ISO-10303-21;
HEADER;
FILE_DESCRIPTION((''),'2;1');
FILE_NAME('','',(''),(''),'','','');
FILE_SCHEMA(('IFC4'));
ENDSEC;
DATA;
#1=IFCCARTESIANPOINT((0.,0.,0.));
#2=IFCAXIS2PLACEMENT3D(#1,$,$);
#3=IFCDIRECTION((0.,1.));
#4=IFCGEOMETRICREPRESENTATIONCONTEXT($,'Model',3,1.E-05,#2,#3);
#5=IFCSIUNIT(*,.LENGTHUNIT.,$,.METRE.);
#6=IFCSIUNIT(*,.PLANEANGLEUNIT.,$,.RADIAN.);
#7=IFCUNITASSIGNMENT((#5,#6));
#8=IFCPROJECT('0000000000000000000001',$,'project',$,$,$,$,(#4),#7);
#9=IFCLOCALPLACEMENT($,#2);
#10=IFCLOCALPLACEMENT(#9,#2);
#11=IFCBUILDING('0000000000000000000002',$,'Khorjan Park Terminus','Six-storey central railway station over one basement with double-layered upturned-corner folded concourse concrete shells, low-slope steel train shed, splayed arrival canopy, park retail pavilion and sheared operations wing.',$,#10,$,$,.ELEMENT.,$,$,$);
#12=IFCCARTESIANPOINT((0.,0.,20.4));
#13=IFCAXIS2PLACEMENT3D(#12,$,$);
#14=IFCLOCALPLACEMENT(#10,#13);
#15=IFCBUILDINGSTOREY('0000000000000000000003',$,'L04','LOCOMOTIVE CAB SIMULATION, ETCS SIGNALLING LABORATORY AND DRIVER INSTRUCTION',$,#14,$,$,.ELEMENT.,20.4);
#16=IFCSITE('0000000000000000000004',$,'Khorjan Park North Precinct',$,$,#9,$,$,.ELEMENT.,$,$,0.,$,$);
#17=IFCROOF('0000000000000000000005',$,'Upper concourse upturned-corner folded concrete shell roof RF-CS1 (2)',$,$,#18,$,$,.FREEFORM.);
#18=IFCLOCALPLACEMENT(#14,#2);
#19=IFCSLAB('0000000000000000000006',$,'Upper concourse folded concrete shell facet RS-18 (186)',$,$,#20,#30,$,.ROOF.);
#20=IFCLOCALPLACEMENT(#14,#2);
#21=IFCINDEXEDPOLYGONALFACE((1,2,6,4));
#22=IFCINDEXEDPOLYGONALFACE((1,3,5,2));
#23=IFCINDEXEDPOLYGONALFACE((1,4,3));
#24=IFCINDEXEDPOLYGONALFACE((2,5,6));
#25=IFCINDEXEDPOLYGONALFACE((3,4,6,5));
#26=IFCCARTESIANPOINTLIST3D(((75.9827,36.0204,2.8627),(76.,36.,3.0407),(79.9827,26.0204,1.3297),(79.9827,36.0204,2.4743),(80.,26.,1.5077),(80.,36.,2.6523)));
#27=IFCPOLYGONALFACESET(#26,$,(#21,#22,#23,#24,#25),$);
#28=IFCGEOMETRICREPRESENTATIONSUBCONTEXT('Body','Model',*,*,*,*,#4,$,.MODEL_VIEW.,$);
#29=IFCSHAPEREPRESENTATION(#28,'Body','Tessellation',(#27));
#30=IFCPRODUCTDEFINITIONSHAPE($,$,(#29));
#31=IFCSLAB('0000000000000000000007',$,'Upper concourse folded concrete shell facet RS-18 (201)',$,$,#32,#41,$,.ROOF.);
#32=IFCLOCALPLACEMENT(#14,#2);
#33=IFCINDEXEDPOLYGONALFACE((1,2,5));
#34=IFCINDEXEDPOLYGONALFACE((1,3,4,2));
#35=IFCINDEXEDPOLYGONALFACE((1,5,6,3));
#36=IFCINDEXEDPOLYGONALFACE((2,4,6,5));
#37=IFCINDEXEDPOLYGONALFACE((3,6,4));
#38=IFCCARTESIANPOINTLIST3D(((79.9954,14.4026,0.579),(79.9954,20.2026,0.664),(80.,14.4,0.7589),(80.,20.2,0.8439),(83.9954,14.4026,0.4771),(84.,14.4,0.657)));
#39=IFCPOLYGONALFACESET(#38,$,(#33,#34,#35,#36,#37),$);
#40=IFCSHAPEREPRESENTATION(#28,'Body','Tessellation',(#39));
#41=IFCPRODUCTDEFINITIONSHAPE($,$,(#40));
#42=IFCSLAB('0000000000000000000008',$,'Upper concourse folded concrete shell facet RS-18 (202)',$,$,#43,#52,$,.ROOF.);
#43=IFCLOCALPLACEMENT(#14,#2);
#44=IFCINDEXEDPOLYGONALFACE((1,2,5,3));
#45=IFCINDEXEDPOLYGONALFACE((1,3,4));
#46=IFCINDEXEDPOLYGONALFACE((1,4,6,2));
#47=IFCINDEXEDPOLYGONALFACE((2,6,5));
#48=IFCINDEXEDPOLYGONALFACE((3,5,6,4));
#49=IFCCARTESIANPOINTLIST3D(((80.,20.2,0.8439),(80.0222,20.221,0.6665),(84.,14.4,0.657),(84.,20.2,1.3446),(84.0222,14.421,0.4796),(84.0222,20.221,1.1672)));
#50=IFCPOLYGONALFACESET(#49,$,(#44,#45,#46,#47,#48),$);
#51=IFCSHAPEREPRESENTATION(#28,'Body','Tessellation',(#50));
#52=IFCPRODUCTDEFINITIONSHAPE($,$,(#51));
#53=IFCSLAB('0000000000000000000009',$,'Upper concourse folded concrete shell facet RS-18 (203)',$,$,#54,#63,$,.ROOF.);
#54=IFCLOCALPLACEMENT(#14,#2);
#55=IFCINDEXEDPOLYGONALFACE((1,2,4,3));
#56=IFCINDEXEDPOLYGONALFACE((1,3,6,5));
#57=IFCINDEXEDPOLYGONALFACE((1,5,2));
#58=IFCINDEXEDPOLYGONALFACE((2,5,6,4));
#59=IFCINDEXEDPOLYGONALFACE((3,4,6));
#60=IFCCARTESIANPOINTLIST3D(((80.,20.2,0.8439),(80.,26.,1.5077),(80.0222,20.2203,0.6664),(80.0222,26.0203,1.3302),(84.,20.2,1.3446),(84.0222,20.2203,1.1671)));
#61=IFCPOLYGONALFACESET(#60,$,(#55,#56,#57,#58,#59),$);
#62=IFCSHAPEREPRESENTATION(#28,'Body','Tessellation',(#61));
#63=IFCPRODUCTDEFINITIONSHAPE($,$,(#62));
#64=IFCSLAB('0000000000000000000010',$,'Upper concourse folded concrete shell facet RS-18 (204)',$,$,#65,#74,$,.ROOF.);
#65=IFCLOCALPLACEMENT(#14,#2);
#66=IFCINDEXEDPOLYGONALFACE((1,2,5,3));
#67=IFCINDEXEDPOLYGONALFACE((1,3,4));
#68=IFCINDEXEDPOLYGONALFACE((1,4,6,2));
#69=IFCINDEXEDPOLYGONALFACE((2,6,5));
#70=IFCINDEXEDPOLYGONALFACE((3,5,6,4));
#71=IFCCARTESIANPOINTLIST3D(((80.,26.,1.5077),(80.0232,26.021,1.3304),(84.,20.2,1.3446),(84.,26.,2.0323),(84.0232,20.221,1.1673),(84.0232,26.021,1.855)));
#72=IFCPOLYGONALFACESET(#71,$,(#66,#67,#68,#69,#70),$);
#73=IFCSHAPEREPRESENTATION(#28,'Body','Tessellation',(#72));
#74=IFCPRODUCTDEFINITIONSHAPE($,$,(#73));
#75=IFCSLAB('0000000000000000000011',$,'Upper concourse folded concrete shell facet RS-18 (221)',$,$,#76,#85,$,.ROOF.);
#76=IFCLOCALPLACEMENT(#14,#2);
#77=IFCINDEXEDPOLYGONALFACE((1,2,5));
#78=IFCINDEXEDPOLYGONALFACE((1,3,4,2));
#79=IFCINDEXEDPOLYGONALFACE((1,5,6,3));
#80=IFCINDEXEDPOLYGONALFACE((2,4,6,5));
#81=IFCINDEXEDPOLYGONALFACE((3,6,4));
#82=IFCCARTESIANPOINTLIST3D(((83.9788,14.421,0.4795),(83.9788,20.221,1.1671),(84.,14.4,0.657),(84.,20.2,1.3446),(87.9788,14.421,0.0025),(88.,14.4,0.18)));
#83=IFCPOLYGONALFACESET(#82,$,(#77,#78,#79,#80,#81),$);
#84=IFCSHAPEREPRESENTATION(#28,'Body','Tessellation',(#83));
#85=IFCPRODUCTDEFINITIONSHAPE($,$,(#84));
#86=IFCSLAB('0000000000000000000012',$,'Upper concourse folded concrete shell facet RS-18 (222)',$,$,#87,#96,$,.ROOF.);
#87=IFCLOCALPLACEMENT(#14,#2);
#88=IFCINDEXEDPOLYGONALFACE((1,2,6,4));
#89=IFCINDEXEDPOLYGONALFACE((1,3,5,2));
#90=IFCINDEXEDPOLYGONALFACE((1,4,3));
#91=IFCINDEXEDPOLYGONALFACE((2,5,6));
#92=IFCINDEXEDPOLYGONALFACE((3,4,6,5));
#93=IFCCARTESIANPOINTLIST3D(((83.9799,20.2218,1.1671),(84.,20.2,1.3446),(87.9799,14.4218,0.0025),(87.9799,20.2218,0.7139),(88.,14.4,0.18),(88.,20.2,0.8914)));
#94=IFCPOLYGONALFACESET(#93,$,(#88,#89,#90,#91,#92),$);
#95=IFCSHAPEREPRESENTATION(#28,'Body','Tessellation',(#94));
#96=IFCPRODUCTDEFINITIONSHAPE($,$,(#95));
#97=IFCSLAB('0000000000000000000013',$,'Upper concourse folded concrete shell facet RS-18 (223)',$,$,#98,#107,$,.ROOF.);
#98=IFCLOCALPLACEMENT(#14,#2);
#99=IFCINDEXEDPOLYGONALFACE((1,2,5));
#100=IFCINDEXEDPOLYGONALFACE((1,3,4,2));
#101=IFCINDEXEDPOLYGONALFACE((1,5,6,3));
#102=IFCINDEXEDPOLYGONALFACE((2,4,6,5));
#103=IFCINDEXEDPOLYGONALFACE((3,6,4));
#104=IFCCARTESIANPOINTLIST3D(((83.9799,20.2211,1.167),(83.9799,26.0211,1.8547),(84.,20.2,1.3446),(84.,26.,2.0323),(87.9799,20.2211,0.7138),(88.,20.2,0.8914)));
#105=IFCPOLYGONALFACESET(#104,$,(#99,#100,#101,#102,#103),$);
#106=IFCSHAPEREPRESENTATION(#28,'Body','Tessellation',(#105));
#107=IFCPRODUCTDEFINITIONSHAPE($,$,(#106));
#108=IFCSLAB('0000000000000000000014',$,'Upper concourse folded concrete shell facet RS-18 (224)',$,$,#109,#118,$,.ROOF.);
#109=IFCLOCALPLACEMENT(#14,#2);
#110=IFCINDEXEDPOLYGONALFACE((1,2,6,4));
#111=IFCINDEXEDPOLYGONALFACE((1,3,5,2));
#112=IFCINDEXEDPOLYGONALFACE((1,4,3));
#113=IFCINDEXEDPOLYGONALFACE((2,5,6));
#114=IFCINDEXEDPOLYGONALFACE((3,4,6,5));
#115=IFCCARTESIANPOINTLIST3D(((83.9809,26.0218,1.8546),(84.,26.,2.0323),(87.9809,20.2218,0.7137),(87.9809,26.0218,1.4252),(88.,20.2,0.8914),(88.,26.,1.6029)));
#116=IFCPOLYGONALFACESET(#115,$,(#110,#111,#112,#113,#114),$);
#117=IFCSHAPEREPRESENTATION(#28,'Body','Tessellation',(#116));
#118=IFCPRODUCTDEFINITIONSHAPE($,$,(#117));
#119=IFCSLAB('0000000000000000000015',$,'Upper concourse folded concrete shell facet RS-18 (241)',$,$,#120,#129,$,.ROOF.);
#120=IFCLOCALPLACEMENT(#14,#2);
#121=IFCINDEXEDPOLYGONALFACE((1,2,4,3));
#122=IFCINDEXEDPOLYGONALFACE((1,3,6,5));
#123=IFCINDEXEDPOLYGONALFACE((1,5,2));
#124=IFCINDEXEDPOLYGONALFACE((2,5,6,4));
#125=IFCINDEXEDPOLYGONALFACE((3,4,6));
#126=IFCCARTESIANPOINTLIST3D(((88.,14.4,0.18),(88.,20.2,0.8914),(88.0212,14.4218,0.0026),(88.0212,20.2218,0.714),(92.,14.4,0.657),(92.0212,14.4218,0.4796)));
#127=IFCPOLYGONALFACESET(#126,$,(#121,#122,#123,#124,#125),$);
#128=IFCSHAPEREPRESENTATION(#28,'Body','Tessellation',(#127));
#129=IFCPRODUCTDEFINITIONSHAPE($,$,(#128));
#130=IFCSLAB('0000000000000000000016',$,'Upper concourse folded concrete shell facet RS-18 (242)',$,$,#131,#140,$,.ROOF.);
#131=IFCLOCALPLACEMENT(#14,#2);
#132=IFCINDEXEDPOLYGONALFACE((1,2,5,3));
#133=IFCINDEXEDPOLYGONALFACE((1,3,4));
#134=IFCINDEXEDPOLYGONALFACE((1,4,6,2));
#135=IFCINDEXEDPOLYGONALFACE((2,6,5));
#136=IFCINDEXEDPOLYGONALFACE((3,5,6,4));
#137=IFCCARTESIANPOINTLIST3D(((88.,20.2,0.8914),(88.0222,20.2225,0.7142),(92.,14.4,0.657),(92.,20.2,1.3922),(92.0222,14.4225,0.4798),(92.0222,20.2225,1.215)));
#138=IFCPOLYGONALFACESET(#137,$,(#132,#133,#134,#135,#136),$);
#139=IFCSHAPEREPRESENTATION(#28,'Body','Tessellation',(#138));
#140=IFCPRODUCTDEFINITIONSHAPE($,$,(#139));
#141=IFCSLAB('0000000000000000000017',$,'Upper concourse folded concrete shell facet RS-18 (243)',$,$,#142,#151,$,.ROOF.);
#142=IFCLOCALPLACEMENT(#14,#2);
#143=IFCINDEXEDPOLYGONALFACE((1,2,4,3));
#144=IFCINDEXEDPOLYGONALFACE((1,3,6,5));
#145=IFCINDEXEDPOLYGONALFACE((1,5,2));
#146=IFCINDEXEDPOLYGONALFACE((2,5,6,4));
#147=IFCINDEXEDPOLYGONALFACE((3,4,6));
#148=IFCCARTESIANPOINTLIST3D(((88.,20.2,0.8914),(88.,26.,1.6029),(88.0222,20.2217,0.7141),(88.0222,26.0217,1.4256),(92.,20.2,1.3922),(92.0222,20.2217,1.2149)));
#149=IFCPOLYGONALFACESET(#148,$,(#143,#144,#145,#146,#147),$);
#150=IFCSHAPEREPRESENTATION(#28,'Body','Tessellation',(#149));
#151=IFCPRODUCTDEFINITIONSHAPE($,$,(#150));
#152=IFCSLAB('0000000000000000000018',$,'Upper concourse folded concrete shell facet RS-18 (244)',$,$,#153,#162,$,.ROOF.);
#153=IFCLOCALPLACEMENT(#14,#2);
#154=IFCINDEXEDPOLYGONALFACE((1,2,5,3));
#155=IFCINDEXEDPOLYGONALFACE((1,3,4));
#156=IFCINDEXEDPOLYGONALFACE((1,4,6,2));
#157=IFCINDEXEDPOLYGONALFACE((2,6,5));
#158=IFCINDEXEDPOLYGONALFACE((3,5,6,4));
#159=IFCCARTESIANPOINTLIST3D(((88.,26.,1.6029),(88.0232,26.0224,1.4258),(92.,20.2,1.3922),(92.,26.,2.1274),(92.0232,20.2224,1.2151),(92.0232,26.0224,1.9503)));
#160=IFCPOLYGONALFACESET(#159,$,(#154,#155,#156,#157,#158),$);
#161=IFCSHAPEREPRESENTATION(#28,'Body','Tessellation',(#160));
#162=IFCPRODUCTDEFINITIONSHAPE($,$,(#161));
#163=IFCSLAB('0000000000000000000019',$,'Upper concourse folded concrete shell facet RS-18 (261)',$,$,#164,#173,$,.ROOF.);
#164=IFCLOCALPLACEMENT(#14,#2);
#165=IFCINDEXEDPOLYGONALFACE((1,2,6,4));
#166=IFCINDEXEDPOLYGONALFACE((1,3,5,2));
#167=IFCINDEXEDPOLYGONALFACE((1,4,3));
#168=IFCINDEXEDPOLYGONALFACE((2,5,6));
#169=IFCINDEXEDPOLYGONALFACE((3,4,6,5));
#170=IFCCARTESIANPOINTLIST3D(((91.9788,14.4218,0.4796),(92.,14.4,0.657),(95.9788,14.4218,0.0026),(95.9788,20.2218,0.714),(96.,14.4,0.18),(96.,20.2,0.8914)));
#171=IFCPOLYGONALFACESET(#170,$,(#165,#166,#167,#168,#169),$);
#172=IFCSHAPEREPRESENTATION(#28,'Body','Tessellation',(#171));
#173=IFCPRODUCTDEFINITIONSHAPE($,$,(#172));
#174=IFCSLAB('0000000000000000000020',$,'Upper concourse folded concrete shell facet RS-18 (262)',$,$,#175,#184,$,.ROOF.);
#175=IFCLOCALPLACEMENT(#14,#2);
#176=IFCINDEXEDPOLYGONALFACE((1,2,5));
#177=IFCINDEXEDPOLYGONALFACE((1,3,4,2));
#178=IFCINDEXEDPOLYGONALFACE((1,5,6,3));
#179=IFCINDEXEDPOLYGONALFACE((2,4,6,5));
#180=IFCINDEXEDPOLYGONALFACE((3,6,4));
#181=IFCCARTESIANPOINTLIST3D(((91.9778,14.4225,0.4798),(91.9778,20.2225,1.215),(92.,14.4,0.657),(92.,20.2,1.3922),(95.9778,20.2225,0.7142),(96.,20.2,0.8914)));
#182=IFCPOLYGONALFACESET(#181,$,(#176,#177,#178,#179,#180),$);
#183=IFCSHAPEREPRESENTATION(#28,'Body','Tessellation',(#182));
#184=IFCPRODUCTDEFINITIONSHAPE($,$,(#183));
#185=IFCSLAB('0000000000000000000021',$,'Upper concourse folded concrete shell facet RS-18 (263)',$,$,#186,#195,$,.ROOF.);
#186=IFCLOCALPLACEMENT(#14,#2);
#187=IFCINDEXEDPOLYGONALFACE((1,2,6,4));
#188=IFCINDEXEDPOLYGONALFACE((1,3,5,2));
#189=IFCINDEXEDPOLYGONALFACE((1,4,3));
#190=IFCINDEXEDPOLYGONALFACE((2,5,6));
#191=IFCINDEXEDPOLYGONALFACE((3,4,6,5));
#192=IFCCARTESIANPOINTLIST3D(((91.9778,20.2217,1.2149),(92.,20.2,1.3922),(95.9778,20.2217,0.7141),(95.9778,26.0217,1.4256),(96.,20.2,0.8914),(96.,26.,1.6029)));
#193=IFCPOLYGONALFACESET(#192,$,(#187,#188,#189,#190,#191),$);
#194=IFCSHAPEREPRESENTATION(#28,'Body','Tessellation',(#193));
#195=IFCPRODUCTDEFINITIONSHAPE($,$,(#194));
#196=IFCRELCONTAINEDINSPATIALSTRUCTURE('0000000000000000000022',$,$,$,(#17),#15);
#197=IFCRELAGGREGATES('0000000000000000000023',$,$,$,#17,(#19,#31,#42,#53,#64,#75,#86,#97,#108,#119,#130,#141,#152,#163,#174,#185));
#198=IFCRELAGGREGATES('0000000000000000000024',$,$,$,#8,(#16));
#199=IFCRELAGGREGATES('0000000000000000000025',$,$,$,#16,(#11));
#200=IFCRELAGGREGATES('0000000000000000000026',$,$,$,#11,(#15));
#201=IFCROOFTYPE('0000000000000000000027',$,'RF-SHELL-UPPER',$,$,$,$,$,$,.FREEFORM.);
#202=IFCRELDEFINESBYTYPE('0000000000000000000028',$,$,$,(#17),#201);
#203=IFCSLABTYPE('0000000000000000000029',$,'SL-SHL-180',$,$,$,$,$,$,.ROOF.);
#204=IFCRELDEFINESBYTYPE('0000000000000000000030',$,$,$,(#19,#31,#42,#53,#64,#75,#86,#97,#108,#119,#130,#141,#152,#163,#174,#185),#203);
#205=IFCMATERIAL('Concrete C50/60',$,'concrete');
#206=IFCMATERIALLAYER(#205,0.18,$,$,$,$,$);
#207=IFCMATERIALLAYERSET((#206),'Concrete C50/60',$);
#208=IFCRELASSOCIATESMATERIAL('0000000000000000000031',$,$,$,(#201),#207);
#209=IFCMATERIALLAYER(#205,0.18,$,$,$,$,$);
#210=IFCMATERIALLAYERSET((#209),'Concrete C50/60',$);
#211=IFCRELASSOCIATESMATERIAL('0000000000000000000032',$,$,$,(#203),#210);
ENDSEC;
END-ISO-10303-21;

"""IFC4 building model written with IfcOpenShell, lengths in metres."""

from ifc_helpers import new_model, si_unit, direction, frame, origin, place, context, subcontext, project, spatial, polyline, outline, extrude, material, layer, layer_set, type_object, element, aggregate, save


model = new_model("IFC4")

# Units and contexts
model_context = context("Model", 3, precision=1e-05, world=origin(), true_north=direction((0.0, 1.0)))
body_context = subcontext(model_context, "Body", "Model", "MODEL_VIEW")
ifc_project = project(units=[si_unit("LENGTHUNIT", "METRE"), si_unit("PLANEANGLEUNIT", "RADIAN")], contexts=[model_context])

# Site, building, storey
site_placement = place(None, origin())
site = spatial("IfcSite", under=ifc_project, at=site_placement, Name="Khorjan Park North Precinct", CompositionType="ELEMENT", RefElevation=0.0)
building_placement = place(site_placement, origin())
building = spatial("IfcBuilding", under=site, at=building_placement, Name="Khorjan Park Terminus", Description="Six-storey central railway station over one basement with double-layered upturned-corner folded concourse concrete shells, low-slope steel train shed, splayed arrival canopy, park retail pavilion and sheared operations wing.", CompositionType="ELEMENT")
storey_placement = place(building_placement, frame((0.0, 0.0, 20.4)))
storey = spatial("IfcBuildingStorey", under=building, at=storey_placement, Name="L04", Description="LOCOMOTIVE CAB SIMULATION, ETCS SIGNALLING LABORATORY AND DRIVER INSTRUCTION", CompositionType="ELEMENT", Elevation=20.4)

# Roof, slabs
ifc_material = material(Name="Concrete C50/60", Category="concrete")
ifc_layer_1 = layer(ifc_material, 0.18)
ifc_layer_set_1 = layer_set([ifc_layer_1], Name="Concrete C50/60")
roof_type = type_object("IfcRoofType", Name="RF-SHELL-UPPER", PredefinedType="FREEFORM", material=ifc_layer_set_1)
roof_1_placement = place(storey_placement, origin())
roof_1 = element("IfcRoof", 1, at=roof_1_placement, inside=storey, type_object=roof_type, Name="Upper concourse upturned-corner folded concrete shell roof RF-CS1 (2)", PredefinedType="FREEFORM")
ifc_layer_2 = layer(ifc_material, 0.18)
ifc_layer_set_2 = layer_set([ifc_layer_2], Name="Concrete C50/60")
slab_type = type_object("IfcSlabType", Name="SL-SHL-180", PredefinedType="ROOF", material=ifc_layer_set_2)
slab_1_placement = place(storey_placement, frame((80.0, 26.0, 1.5077), z_axis=(0.096024, -0.113192, 0.988922), x_axis=(0.0, 0.993513, 0.113718)))
slab_1 = element("IfcSlab", 2, at=slab_1_placement, type_object=slab_type, Name="Upper concourse folded concrete shell facet RS-18 (186)", PredefinedType="ROOF", context=body_context, shape_type="SweptSolid", body=[
    extrude(outline(polyline([(0.0, 0.0), (10.0653, 0.0), (10.1095, 4.0186), (0.0, 0.0)])), origin(), (0.0, 0.0, -1.0), 0.18),
])
slab_2_placement = place(storey_placement, frame((80.0, 14.4, 0.7589), z_axis=(0.025464, -0.014649, 0.999568), x_axis=(0.999676, 0.0, -0.025467)))
slab_2 = element("IfcSlab", 3, at=slab_2_placement, type_object=slab_type, Name="Upper concourse folded concrete shell facet RS-18 (201)", PredefinedType="ROOF", context=body_context, shape_type="SweptSolid", body=[
    extrude(outline(polyline([(0.0, 0.0), (4.0013, 0.0), (-0.0022, 5.8006), (0.0, 0.0)])), origin(), (0.0, 0.0, -1.0), 0.18),
])
slab_3_placement = place(storey_placement, frame((84.0, 14.4, 0.657), z_axis=(-0.123355, -0.116828, 0.985462), x_axis=(0.0, 0.993046, 0.117727)))
slab_3 = element("IfcSlab", 4, at=slab_3_placement, type_object=slab_type, Name="Upper concourse folded concrete shell facet RS-18 (202)", PredefinedType="ROOF", context=body_context, shape_type="SweptSolid", body=[
    extrude(outline(polyline([(0.0, 0.0), (5.8406, 0.0), (5.7817, 4.0308), (0.0, 0.0)])), origin(), (0.0, 0.0, -1.0), 0.18),
])
slab_4_placement = place(storey_placement, frame((80.0, 20.2, 0.8439), z_axis=(-0.123412, -0.112837, 0.985919), x_axis=(0.992256, 0.0, 0.124206)))
slab_4 = element("IfcSlab", 5, at=slab_4_placement, type_object=slab_type, Name="Upper concourse folded concrete shell facet RS-18 (203)", PredefinedType="ROOF", context=body_context, shape_type="SweptSolid", body=[
    extrude(outline(polyline([(0.0, 0.0), (4.0312, 0.0), (0.0824, 5.8373), (0.0, 0.0)])), origin(), (0.0, 0.0, -1.0), 0.18),
])
slab_5_placement = place(storey_placement, frame((84.0, 20.2, 1.3446), z_axis=(-0.129147, -0.116758, 0.984728), x_axis=(0.0, 0.993044, 0.117744)))
slab_5 = element("IfcSlab", 6, at=slab_5_placement, type_object=slab_type, Name="Upper concourse folded concrete shell facet RS-18 (204)", PredefinedType="ROOF", context=body_context, shape_type="SweptSolid", body=[
    extrude(outline(polyline([(0.0, 0.0), (5.8406, 0.0), (5.7789, 4.0338), (0.0, 0.0)])), origin(), (0.0, 0.0, -1.0), 0.18),
])
slab_6_placement = place(storey_placement, frame((84.0, 14.4, 0.657), z_axis=(0.117599, -0.11691, 0.986155), x_axis=(0.992965, 0.0, -0.118411)))
slab_6 = element("IfcSlab", 7, at=slab_6_placement, type_object=slab_type, Name="Upper concourse folded concrete shell facet RS-18 (221)", PredefinedType="ROOF", context=body_context, shape_type="SweptSolid", body=[
    extrude(outline(polyline([(0.0, 0.0), (4.0283, 0.0), (-0.0814, 5.84), (0.0, 0.0)])), origin(), (0.0, 0.0, -1.0), 0.18),
])
slab_7_placement = place(storey_placement, frame((88.0, 14.4, 0.18), z_axis=(0.111753, -0.12098, 0.986344), x_axis=(0.0, 0.992562, 0.121743)))
slab_7 = element("IfcSlab", 8, at=slab_7_placement, type_object=slab_type, Name="Upper concourse folded concrete shell facet RS-18 (222)", PredefinedType="ROOF", context=body_context, shape_type="SweptSolid", body=[
    extrude(outline(polyline([(0.0, 0.0), (5.8435, 0.0), (5.8986, 4.0252), (0.0, 0.0)])), origin(), (0.0, 0.0, -1.0), 0.18),
])
slab_8_placement = place(storey_placement, frame((84.0, 20.2, 1.3446), z_axis=(0.111806, -0.117006, 0.986818), x_axis=(0.993643, 0.0, -0.11258)))
slab_8 = element("IfcSlab", 9, at=slab_8_placement, type_object=slab_type, Name="Upper concourse folded concrete shell facet RS-18 (223)", PredefinedType="ROOF", context=body_context, shape_type="SweptSolid", body=[
    extrude(outline(polyline([(0.0, 0.0), (4.0256, 0.0), (-0.0774, 5.8401), (0.0, 0.0)])), origin(), (0.0, 0.0, -1.0), 0.18),
])
slab_9_placement = place(storey_placement, frame((88.0, 20.2, 0.8914), z_axis=(0.105952, -0.121074, 0.986973), x_axis=(0.0, 0.99256, 0.12176)))
slab_9 = element("IfcSlab", 10, at=slab_9_placement, type_object=slab_type, Name="Upper concourse folded concrete shell facet RS-18 (224)", PredefinedType="ROOF", context=body_context, shape_type="SweptSolid", body=[
    extrude(outline(polyline([(0.0, 0.0), (5.8435, 0.0), (5.8958, 4.0226), (0.0, 0.0)])), origin(), (0.0, 0.0, -1.0), 0.18),
])
slab_10_placement = place(storey_placement, frame((88.0, 14.4, 0.18), z_axis=(-0.117542, -0.120899, 0.985681), x_axis=(0.992965, 0.0, 0.118411)))
slab_10 = element("IfcSlab", 11, at=slab_10_placement, type_object=slab_type, Name="Upper concourse folded concrete shell facet RS-18 (241)", PredefinedType="ROOF", context=body_context, shape_type="SweptSolid", body=[
    extrude(outline(polyline([(0.0, 0.0), (4.0283, 0.0), (0.0842, 5.8429), (0.0, 0.0)])), origin(), (0.0, 0.0, -1.0), 0.18),
])
slab_11_placement = place(storey_placement, frame((92.0, 14.4, 0.657), z_axis=(-0.123259, -0.124793, 0.984497), x_axis=(0.0, 0.992062, 0.125752)))
slab_11 = element("IfcSlab", 12, at=slab_11_placement, type_object=slab_type, Name="Upper concourse folded concrete shell facet RS-18 (242)", PredefinedType="ROOF", context=body_context, shape_type="SweptSolid", body=[
    extrude(outline(polyline([(0.0, 0.0), (5.8464, 0.0), (5.7834, 4.0307), (0.0, 0.0)])), origin(), (0.0, 0.0, -1.0), 0.18),
])
slab_12_placement = place(storey_placement, frame((88.0, 20.2, 0.8914), z_axis=(-0.12332, -0.12083, 0.984983), x_axis=(0.992253, 0.0, 0.12423)))
slab_12 = element("IfcSlab", 13, at=slab_12_placement, type_object=slab_type, Name="Upper concourse folded concrete shell facet RS-18 (243)", PredefinedType="ROOF", context=body_context, shape_type="SweptSolid", body=[
    extrude(outline(polyline([(0.0, 0.0), (4.0312, 0.0), (0.0884, 5.8428), (0.0, 0.0)])), origin(), (0.0, 0.0, -1.0), 0.18),
])
slab_13_placement = place(storey_placement, frame((92.0, 20.2, 1.3922), z_axis=(-0.128997, -0.124702, 0.983773), x_axis=(0.0, 0.992062, 0.125752)))
slab_13 = element("IfcSlab", 14, at=slab_13_placement, type_object=slab_type, Name="Upper concourse folded concrete shell facet RS-18 (244)", PredefinedType="ROOF", context=body_context, shape_type="SweptSolid", body=[
    extrude(outline(polyline([(0.0, 0.0), (5.8464, 0.0), (5.7805, 4.0337), (0.0, 0.0)])), origin(), (0.0, 0.0, -1.0), 0.18),
])
slab_14_placement = place(storey_placement, frame((92.0, 14.4, 0.657), z_axis=(0.117542, -0.120899, 0.985681), x_axis=(0.992965, 0.0, -0.118411)))
slab_14 = element("IfcSlab", 15, at=slab_14_placement, type_object=slab_type, Name="Upper concourse folded concrete shell facet RS-18 (261)", PredefinedType="ROOF", context=body_context, shape_type="SweptSolid", body=[
    extrude(outline(polyline([(0.0, 0.0), (4.0283, 0.0), (3.9441, 5.8429), (0.0, 0.0)])), origin(), (0.0, 0.0, -1.0), 0.18),
])
slab_15_placement = place(storey_placement, frame((92.0, 14.4, 0.657), z_axis=(0.123259, -0.124793, 0.984497), x_axis=(0.567419, 0.822758, 0.033251)))
slab_15 = element("IfcSlab", 16, at=slab_15_placement, type_object=slab_type, Name="Upper concourse folded concrete shell facet RS-18 (262)", PredefinedType="ROOF", context=body_context, shape_type="SweptSolid", body=[
    extrude(outline(polyline([(0.0, 0.0), (7.0495, 0.0), (4.7964, 3.3429), (0.0, 0.0)])), origin(), (0.0, 0.0, -1.0), 0.18),
])
slab_16_placement = place(storey_placement, frame((92.0, 20.2, 1.3922), z_axis=(0.12332, -0.12083, 0.984983), x_axis=(0.992253, 0.0, -0.12423)))
slab_16 = element("IfcSlab", 17, at=slab_16_placement, type_object=slab_type, Name="Upper concourse folded concrete shell facet RS-18 (263)", PredefinedType="ROOF", context=body_context, shape_type="SweptSolid", body=[
    extrude(outline(polyline([(0.0, 0.0), (4.0312, 0.0), (3.9428, 5.8428), (0.0, 0.0)])), origin(), (0.0, 0.0, -1.0), 0.18),
])
aggregate(roof_1, [slab_1, slab_2, slab_3, slab_4, slab_5, slab_6, slab_7, slab_8, slab_9, slab_10, slab_11, slab_12, slab_13, slab_14, slab_15, slab_16])

save(model, "model.ifc")
